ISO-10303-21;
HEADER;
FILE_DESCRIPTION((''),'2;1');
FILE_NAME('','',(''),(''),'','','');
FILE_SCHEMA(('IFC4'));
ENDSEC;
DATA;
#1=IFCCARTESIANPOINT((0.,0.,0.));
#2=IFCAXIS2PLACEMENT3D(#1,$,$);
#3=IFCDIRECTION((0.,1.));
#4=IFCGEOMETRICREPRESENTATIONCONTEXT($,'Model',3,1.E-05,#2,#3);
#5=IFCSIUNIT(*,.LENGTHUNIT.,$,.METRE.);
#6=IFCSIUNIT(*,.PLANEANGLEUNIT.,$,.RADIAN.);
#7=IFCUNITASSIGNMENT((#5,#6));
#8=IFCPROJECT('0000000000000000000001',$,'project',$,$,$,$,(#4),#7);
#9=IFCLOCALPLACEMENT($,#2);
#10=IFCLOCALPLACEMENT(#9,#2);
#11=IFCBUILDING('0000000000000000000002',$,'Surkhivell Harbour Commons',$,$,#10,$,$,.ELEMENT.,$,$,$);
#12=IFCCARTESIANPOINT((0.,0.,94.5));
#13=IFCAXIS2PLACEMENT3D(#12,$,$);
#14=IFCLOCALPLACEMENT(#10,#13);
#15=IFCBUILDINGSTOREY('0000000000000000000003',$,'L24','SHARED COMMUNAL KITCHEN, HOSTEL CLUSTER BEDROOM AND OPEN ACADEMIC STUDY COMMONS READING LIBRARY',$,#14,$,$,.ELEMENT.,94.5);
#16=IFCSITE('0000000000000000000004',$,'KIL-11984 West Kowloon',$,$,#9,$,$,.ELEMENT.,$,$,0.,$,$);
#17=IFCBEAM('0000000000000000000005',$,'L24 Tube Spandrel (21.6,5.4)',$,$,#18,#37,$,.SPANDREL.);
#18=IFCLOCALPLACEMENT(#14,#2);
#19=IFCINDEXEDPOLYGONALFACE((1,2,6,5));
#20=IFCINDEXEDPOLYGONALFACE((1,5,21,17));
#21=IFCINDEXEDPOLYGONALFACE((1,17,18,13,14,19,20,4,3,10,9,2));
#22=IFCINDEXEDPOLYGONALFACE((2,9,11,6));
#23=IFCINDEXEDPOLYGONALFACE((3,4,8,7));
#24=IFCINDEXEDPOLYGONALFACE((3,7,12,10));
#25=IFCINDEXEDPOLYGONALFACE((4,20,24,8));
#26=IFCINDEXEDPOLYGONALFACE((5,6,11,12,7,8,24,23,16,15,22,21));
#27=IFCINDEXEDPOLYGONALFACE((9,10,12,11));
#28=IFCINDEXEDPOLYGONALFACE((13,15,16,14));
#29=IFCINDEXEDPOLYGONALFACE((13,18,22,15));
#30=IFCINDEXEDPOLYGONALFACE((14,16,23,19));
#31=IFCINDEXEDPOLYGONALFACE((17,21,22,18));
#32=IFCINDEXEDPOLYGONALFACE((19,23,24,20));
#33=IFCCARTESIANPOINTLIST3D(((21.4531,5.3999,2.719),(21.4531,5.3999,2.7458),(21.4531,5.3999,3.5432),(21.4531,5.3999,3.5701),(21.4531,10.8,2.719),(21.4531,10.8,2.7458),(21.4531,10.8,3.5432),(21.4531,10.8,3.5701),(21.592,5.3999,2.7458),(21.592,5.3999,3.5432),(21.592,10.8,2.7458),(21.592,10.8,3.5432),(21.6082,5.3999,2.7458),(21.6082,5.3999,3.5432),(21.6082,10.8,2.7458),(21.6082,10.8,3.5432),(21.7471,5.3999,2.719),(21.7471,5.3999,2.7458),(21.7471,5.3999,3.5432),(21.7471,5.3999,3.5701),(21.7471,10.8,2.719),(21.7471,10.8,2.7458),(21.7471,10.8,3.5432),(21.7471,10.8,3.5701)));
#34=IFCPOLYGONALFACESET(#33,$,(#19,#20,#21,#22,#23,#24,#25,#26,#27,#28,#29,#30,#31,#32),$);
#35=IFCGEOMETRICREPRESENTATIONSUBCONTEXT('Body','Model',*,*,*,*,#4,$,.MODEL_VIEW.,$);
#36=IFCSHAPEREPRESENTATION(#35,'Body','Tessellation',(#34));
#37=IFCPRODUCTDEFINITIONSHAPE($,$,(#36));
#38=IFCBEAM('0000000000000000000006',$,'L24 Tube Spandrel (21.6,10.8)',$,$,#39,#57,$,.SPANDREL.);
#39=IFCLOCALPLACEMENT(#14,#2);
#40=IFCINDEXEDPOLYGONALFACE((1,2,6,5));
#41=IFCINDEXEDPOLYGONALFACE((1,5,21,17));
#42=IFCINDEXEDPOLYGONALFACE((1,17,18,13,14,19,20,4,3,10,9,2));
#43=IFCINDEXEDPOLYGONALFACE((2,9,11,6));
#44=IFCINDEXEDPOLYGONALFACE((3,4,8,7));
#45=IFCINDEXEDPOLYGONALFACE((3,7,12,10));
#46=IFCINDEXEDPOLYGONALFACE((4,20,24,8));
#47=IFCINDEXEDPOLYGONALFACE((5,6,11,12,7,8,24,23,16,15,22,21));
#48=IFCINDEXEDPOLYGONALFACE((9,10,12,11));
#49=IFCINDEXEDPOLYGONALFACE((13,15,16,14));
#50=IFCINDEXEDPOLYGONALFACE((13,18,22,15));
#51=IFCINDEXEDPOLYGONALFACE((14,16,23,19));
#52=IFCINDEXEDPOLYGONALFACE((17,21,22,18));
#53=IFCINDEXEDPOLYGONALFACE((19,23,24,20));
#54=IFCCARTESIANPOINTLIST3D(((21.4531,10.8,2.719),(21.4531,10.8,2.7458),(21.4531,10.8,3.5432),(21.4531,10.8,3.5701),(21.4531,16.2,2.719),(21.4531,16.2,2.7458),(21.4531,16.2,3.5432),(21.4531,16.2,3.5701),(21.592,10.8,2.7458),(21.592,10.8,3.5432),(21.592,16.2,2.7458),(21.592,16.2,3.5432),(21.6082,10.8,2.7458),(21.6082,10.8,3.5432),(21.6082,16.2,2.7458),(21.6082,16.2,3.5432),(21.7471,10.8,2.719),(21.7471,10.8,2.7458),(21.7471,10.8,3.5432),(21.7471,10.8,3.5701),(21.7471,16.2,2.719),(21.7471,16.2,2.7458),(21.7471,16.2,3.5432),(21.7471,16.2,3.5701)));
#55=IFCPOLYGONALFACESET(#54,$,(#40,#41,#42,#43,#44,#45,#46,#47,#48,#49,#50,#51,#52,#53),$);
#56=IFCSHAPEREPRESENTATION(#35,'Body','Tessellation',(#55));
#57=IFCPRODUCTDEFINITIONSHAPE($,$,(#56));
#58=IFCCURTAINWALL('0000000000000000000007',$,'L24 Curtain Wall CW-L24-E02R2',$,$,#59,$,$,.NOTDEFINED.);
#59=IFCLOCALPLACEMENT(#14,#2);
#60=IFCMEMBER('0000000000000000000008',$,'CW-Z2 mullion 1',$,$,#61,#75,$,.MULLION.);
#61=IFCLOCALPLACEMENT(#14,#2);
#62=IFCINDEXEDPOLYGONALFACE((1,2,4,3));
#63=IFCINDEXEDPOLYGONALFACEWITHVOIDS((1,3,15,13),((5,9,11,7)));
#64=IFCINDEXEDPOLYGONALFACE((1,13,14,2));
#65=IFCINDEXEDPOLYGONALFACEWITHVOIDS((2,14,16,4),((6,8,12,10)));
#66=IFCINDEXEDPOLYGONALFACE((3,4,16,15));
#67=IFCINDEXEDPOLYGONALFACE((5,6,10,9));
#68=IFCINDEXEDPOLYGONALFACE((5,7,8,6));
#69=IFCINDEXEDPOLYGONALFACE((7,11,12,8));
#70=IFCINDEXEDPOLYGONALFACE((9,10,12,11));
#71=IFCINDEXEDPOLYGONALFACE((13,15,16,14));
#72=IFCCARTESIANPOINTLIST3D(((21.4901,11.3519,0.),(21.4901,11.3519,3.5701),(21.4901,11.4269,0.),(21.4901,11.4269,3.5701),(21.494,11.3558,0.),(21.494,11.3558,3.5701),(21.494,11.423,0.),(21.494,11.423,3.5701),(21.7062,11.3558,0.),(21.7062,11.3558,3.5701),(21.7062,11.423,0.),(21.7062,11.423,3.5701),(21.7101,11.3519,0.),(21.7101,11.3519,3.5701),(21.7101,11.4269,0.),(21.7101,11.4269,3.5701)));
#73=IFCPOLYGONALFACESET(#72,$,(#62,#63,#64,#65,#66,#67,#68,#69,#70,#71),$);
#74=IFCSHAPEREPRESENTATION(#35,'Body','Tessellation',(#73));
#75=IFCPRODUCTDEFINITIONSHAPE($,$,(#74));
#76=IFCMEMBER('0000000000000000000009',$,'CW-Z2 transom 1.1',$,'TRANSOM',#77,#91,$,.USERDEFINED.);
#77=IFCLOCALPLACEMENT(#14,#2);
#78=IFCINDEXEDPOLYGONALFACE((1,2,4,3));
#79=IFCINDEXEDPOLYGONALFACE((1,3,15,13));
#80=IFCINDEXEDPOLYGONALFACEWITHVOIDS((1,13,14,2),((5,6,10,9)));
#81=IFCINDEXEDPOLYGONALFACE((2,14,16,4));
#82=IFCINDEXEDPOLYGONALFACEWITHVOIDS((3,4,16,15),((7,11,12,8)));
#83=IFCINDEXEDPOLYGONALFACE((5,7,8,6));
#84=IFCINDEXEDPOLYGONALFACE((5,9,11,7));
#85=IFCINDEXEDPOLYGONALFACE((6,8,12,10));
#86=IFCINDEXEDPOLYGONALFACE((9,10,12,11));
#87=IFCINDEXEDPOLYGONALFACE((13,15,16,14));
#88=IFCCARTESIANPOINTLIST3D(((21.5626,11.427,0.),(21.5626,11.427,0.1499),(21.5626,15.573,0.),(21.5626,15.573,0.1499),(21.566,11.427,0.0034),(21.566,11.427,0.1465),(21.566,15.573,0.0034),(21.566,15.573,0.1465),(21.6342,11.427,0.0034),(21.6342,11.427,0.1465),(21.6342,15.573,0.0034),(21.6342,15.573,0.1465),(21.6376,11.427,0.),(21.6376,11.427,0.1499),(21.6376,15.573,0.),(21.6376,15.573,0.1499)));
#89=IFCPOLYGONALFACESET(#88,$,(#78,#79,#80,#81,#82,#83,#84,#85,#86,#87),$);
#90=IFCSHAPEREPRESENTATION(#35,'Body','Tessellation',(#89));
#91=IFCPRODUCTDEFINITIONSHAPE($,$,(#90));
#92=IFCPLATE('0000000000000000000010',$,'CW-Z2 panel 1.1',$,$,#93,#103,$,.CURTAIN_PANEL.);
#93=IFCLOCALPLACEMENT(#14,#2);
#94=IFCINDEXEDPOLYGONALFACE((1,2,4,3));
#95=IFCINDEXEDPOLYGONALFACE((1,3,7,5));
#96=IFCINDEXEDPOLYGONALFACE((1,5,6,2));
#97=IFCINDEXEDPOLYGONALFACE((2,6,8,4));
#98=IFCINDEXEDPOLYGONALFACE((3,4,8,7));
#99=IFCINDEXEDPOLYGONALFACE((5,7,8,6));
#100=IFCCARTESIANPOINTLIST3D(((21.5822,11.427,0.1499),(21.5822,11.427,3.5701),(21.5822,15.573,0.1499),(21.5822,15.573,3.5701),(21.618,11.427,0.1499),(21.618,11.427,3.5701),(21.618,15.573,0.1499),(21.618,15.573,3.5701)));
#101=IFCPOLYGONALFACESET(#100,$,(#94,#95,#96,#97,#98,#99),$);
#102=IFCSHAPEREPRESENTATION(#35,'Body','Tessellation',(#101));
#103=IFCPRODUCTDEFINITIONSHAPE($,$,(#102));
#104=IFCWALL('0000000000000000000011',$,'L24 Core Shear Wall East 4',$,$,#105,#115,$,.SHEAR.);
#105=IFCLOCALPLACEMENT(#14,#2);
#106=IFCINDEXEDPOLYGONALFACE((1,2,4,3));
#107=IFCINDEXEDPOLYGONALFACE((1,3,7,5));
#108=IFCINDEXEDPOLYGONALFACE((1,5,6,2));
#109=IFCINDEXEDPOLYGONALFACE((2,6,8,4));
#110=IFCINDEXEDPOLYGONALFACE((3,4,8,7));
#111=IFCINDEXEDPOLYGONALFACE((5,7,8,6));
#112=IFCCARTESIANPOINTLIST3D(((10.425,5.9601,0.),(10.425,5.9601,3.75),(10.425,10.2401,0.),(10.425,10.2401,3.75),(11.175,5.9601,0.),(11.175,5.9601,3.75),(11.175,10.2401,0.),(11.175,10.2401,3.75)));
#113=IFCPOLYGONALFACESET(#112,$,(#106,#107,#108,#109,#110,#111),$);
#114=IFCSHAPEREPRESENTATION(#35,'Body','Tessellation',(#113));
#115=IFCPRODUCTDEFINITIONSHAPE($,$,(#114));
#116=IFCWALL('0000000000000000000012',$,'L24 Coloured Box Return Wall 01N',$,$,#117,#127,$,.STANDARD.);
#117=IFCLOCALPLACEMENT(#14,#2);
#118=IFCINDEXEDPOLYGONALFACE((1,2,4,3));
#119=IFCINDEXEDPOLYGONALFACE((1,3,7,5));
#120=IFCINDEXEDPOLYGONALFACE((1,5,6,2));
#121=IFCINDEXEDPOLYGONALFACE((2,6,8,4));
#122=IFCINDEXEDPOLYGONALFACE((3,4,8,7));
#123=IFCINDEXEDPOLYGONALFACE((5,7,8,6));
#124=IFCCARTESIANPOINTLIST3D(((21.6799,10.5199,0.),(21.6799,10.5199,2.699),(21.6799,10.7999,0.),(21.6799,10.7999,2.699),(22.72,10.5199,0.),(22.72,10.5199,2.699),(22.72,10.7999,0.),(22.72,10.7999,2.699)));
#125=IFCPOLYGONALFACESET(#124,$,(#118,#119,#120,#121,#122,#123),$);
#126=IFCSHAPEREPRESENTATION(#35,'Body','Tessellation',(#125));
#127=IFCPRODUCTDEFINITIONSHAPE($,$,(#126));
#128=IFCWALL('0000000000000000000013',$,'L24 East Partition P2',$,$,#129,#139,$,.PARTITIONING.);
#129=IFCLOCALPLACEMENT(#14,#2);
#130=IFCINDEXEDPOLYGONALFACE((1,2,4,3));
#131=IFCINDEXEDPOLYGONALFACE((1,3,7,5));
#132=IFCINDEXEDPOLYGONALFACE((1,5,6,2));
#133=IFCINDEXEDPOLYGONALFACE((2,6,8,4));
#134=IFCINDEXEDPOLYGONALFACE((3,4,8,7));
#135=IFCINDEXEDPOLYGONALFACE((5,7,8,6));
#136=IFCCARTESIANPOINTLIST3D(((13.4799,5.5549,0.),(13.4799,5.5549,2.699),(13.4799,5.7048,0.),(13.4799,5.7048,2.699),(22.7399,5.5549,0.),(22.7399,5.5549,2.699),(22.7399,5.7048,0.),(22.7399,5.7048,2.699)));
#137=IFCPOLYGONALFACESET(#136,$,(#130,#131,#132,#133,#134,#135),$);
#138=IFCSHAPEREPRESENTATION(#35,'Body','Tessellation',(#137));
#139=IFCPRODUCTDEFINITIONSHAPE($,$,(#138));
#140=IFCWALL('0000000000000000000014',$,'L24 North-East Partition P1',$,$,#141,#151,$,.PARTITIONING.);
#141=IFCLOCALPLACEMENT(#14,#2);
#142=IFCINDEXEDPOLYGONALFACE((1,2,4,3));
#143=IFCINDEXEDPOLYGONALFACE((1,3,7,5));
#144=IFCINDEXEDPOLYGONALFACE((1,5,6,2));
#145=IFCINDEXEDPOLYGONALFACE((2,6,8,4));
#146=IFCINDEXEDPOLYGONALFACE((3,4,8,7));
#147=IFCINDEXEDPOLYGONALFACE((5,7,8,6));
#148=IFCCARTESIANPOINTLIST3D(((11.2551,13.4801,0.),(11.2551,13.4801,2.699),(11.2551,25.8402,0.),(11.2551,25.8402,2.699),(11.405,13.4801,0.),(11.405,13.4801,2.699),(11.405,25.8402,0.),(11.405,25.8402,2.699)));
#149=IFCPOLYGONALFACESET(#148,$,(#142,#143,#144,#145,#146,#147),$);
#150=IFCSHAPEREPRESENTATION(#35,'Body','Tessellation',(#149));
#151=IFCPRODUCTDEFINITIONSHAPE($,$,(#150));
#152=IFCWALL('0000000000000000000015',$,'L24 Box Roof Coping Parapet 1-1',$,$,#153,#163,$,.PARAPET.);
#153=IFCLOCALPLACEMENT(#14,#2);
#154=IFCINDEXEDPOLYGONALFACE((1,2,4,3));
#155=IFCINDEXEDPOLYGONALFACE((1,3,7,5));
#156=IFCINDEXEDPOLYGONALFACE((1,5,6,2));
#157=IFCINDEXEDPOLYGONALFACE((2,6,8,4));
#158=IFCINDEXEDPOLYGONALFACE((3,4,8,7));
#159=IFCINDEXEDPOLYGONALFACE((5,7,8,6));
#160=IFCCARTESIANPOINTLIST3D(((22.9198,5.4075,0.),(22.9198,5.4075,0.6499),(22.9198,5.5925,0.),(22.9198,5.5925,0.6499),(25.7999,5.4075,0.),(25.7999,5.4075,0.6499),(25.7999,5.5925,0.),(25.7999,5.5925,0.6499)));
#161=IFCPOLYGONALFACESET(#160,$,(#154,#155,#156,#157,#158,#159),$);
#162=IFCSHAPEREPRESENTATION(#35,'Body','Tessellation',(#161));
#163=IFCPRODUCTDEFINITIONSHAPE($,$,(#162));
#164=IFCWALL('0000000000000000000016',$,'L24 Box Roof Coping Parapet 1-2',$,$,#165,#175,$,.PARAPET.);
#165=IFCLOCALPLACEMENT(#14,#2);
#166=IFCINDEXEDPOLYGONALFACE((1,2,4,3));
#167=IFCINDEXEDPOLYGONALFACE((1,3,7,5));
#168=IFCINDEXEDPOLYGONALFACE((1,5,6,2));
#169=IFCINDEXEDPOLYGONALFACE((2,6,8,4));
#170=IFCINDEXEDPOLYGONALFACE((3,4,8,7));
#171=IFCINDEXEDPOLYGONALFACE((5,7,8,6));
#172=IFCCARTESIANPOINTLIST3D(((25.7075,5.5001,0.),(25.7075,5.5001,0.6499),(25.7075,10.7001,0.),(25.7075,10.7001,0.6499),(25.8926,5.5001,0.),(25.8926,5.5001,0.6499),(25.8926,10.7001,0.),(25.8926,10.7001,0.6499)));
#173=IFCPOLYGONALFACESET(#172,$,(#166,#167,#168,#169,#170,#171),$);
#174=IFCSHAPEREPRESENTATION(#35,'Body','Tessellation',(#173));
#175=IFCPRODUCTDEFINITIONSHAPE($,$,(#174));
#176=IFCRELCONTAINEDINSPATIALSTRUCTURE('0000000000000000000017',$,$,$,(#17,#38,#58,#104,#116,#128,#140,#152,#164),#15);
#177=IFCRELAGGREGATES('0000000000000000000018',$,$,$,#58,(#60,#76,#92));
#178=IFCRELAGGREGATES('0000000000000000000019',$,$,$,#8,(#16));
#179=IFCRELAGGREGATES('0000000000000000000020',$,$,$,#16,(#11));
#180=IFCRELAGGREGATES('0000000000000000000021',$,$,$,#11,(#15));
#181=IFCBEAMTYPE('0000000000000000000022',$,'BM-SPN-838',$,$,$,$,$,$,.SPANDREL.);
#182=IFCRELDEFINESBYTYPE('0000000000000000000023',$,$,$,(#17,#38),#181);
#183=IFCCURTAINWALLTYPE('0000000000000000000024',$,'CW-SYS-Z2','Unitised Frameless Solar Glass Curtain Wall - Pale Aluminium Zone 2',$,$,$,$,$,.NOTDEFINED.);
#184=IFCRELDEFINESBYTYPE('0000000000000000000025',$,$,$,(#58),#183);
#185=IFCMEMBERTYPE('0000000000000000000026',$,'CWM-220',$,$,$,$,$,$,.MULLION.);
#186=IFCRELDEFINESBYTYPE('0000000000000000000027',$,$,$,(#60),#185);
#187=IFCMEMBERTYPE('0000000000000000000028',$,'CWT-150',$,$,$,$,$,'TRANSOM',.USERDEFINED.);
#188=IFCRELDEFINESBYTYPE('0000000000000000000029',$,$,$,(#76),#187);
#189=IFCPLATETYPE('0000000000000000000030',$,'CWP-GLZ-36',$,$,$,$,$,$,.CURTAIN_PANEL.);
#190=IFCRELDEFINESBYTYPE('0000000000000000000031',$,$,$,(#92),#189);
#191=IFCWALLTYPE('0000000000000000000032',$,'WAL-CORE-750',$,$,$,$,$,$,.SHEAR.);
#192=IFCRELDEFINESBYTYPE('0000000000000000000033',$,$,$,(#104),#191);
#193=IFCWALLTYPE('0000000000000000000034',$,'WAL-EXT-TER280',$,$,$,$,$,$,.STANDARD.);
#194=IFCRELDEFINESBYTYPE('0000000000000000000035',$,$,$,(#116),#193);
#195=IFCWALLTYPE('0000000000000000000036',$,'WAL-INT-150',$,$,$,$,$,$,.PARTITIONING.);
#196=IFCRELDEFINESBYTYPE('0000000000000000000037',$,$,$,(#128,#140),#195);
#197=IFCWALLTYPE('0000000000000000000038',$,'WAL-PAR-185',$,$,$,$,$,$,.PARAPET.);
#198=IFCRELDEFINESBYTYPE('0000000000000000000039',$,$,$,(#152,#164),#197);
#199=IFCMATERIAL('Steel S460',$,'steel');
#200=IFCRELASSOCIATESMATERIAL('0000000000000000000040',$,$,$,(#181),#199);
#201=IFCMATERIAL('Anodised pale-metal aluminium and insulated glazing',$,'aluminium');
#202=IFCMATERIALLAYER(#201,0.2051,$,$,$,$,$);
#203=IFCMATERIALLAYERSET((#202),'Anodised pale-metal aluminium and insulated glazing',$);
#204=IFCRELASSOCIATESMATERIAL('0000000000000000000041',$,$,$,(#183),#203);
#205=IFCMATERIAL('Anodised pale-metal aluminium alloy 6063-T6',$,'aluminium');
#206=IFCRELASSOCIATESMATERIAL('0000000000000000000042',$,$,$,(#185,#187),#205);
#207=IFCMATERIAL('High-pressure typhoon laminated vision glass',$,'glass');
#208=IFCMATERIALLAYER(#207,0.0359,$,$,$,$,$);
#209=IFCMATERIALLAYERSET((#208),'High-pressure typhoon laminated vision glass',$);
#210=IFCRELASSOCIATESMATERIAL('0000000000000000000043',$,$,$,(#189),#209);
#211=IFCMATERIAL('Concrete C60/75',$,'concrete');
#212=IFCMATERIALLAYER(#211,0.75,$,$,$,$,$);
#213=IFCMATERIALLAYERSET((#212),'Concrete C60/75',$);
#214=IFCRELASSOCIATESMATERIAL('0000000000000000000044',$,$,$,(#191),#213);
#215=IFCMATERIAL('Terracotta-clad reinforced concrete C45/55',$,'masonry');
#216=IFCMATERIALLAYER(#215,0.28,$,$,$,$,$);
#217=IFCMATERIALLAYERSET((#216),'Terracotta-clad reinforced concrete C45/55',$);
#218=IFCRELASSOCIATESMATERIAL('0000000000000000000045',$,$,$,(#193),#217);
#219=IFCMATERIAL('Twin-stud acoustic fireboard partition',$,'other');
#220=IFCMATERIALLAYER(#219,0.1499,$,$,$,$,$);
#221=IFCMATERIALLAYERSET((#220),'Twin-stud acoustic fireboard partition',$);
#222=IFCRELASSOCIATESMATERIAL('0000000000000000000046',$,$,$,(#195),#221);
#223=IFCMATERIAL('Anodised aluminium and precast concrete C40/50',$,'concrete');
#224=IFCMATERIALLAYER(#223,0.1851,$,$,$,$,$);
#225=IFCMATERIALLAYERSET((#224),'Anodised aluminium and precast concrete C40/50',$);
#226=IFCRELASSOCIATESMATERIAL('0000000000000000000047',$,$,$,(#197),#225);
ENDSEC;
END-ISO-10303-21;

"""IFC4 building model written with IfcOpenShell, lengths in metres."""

from ifc_helpers import new_model, si_unit, direction, frame, frame_2d, origin, origin_2d, place, context, subcontext, project, spatial, rectangle, hollow_rectangle, i_section, extrude, material, layer, layer_set, material_profile, profile_set, type_object, element, aggregate, save


model = new_model("IFC4")

# Units and contexts
model_context = context("Model", 3, precision=1e-05, world=origin(), true_north=direction((0.0, 1.0)))
body_context = subcontext(model_context, "Body", "Model", "MODEL_VIEW")
ifc_project = project(units=[si_unit("LENGTHUNIT", "METRE"), si_unit("PLANEANGLEUNIT", "RADIAN")], contexts=[model_context])

# Site, building, storey
site_placement = place(None, origin())
site = spatial("IfcSite", under=ifc_project, at=site_placement, Name="KIL-11984 West Kowloon", CompositionType="ELEMENT", RefElevation=0.0)
building_placement = place(site_placement, origin())
building = spatial("IfcBuilding", under=site, at=building_placement, Name="Surkhivell Harbour Commons", CompositionType="ELEMENT")
storey_placement = place(building_placement, frame((0.0, 0.0, 94.5)))
storey = spatial("IfcBuildingStorey", under=building, at=storey_placement, Name="L24", Description="SHARED COMMUNAL KITCHEN, HOSTEL CLUSTER BEDROOM AND OPEN ACADEMIC STUDY COMMONS READING LIBRARY", CompositionType="ELEMENT", Elevation=94.5)

# Shared definitions
ifc_material_1 = material(Name="Concrete C60/75", Category="concrete")

# Beams
ifc_material_2 = material(Name="Steel S460", Category="steel")
ifc_material_profile_1 = material_profile(ifc_material_2, i_section(OverallWidth=0.2939, OverallDepth=0.8511, WebThickness=0.0161, FlangeThickness=0.0269, at=origin_2d()), Name="UB838x292x226")
ifc_profile_set_1 = profile_set([ifc_material_profile_1], Name="Steel S460")
beam_type_1 = type_object("IfcBeamType", Name="BM-SPN-838", PredefinedType="SPANDREL", material=ifc_profile_set_1)
beam_1_placement = place(storey_placement, frame((21.6001, 5.3999, 3.1445), z_axis=(0.0, 1.0, 0.0), x_axis=(-1.0, 0.0, 0.0)))
element("IfcBeam", 1, at=beam_1_placement, inside=storey, type_object=beam_type_1, Name="L24 Tube Spandrel (21.6,5.4)", PredefinedType="SPANDREL", context=body_context, shape_type="SweptSolid", body=[
    extrude(i_section(OverallWidth=0.2939, OverallDepth=0.8511, WebThickness=0.0161, FlangeThickness=0.0269, at=origin_2d()), origin(), (0.0, 0.0, 1.0), 5.4001),
])
beam_2_placement = place(storey_placement, frame((21.6001, 10.8, 3.1445), z_axis=(0.0, 1.0, 0.0), x_axis=(-1.0, 0.0, 0.0)))
element("IfcBeam", 2, at=beam_2_placement, inside=storey, type_object=beam_type_1, Name="L24 Tube Spandrel (21.6,10.8)", PredefinedType="SPANDREL", context=body_context, shape_type="SweptSolid", body=[
    extrude(i_section(OverallWidth=0.2939, OverallDepth=0.8511, WebThickness=0.0161, FlangeThickness=0.0269, at=origin_2d()), origin(), (0.0, 0.0, 1.0), 5.3999),
])

# Curtain wall, members, plate
ifc_material_3 = material(Name="Anodised pale-metal aluminium and insulated glazing", Category="aluminium")
ifc_layer_1 = layer(ifc_material_3, 0.2051)
ifc_layer_set_1 = layer_set([ifc_layer_1], Name="Anodised pale-metal aluminium and insulated glazing")
curtain_wall_type = type_object("IfcCurtainWallType", Name="CW-SYS-Z2", Description="Unitised Frameless Solar Glass Curtain Wall - Pale Aluminium Zone 2", PredefinedType="NOTDEFINED", material=ifc_layer_set_1)
curtain_wall_placement = place(storey_placement, origin())
curtain_wall = element("IfcCurtainWall", 3, at=curtain_wall_placement, inside=storey, type_object=curtain_wall_type, Name="L24 Curtain Wall CW-L24-E02R2", PredefinedType="NOTDEFINED")
ifc_material_4 = material(Name="Anodised pale-metal aluminium alloy 6063-T6", Category="aluminium")
ifc_material_profile_2 = material_profile(ifc_material_4, hollow_rectangle(XDim=0.075, YDim=0.22, WallThickness=0.0039, at=origin_2d()), Name="ALU-MULL-75x220")
ifc_profile_set_2 = profile_set([ifc_material_profile_2], Name="Anodised pale-metal aluminium alloy 6063-T6")
member_type_1 = type_object("IfcMemberType", Name="CWM-220", PredefinedType="MULLION", material=ifc_profile_set_2)
member_1_placement = place(storey_placement, frame((21.6001, 11.3894, 0.0), z_axis=(0.0, 0.0, 1.0), x_axis=(0.0, 1.0, 0.0)))
member_1 = element("IfcMember", 4, at=member_1_placement, type_object=member_type_1, Name="CW-Z2 mullion 1", PredefinedType="MULLION", context=body_context, shape_type="SweptSolid", body=[
    extrude(hollow_rectangle(XDim=0.075, YDim=0.22, WallThickness=0.0039, at=origin_2d()), origin(), (0.0, 0.0, 1.0), 3.5701),
])
ifc_material_profile_3 = material_profile(ifc_material_4, hollow_rectangle(XDim=0.075, YDim=0.1499, WallThickness=0.0034, at=origin_2d()), Name="ALU-TRAN-75x150")
ifc_profile_set_3 = profile_set([ifc_material_profile_3], Name="Anodised pale-metal aluminium alloy 6063-T6")
member_type_2 = type_object("IfcMemberType", Name="CWT-150", ElementType="TRANSOM", PredefinedType="USERDEFINED", material=ifc_profile_set_3)
member_2_placement = place(storey_placement, frame((21.6001, 11.427, 0.075), z_axis=(0.0, 1.0, 0.0), x_axis=(-1.0, 0.0, 0.0)))
member_2 = element("IfcMember", 5, at=member_2_placement, type_object=member_type_2, Name="CW-Z2 transom 1.1", ObjectType="TRANSOM", PredefinedType="USERDEFINED", context=body_context, shape_type="SweptSolid", body=[
    extrude(hollow_rectangle(XDim=0.075, YDim=0.1499, WallThickness=0.0034, at=origin_2d()), origin(), (0.0, 0.0, 1.0), 4.146),
])
ifc_material_5 = material(Name="High-pressure typhoon laminated vision glass", Category="glass")
ifc_layer_2 = layer(ifc_material_5, 0.0359)
ifc_layer_set_2 = layer_set([ifc_layer_2], Name="High-pressure typhoon laminated vision glass")
plate_type = type_object("IfcPlateType", Name="CWP-GLZ-36", PredefinedType="CURTAIN_PANEL", material=ifc_layer_set_2)
plate_placement = place(storey_placement, frame((21.6001, 11.427, 0.1499), z_axis=(0.0, 0.0, 1.0), x_axis=(0.0, 1.0, 0.0)))
plate = element("IfcPlate", 6, at=plate_placement, type_object=plate_type, Name="CW-Z2 panel 1.1", PredefinedType="CURTAIN_PANEL", context=body_context, shape_type="SweptSolid", body=[
    extrude(rectangle(XDim=4.146, YDim=0.0359, at=frame_2d((2.073, 0.0))), origin(), (0.0, 0.0, 1.0), 3.4202),
])
aggregate(curtain_wall, [member_1, member_2, plate])

# Walls
ifc_layer_3 = layer(ifc_material_1, 0.75)
ifc_layer_set_3 = layer_set([ifc_layer_3], Name="Concrete C60/75")
wall_type_1 = type_object("IfcWallType", Name="WAL-CORE-750", PredefinedType="SHEAR", material=ifc_layer_set_3)
wall_1_placement = place(storey_placement, frame((10.8, 5.96, 0.0), z_axis=(0.0, 0.0, 1.0), x_axis=(0.0, 1.0, 0.0)))
element("IfcWall", 7, at=wall_1_placement, inside=storey, type_object=wall_type_1, Name="L24 Core Shear Wall East 4", PredefinedType="SHEAR", context=body_context, shape_type="SweptSolid", body=[
    extrude(rectangle(XDim=4.28, YDim=0.75, at=frame_2d((2.1401, 0.0))), origin(), (0.0, 0.0, 1.0), 3.75),
])
ifc_material_6 = material(Name="Terracotta-clad reinforced concrete C45/55", Category="masonry")
ifc_layer_4 = layer(ifc_material_6, 0.28)
ifc_layer_set_4 = layer_set([ifc_layer_4], Name="Terracotta-clad reinforced concrete C45/55")
wall_type_2 = type_object("IfcWallType", Name="WAL-EXT-TER280", PredefinedType="STANDARD", material=ifc_layer_set_4)
wall_2_placement = place(storey_placement, frame((21.6799, 10.6599, 0.0), z_axis=(0.0, 0.0, 1.0), x_axis=(1.0, 0.0, 0.0)))
element("IfcWall", 8, at=wall_2_placement, inside=storey, type_object=wall_type_2, Name="L24 Coloured Box Return Wall 01N", PredefinedType="STANDARD", context=body_context, shape_type="SweptSolid", body=[
    extrude(rectangle(XDim=1.04, YDim=0.28, at=frame_2d((0.52, 0.0))), origin(), (0.0, 0.0, 1.0), 2.699),
])
ifc_material_7 = material(Name="Twin-stud acoustic fireboard partition", Category="other")
ifc_layer_5 = layer(ifc_material_7, 0.1499)
ifc_layer_set_5 = layer_set([ifc_layer_5], Name="Twin-stud acoustic fireboard partition")
wall_type_3 = type_object("IfcWallType", Name="WAL-INT-150", PredefinedType="PARTITIONING", material=ifc_layer_set_5)
wall_3_placement = place(storey_placement, frame((13.48, 5.6299, 0.0), z_axis=(0.0, 0.0, 1.0), x_axis=(1.0, 0.0, 0.0)))
element("IfcWall", 9, at=wall_3_placement, inside=storey, type_object=wall_type_3, Name="L24 East Partition P2", PredefinedType="PARTITIONING", context=body_context, shape_type="SweptSolid", body=[
    extrude(rectangle(XDim=9.26, YDim=0.1499, at=frame_2d((4.6299, 0.0))), origin(), (0.0, 0.0, 1.0), 2.699),
])
wall_4_placement = place(storey_placement, frame((11.3301, 13.48, 0.0), z_axis=(0.0, 0.0, 1.0), x_axis=(0.0, 1.0, 0.0)))
element("IfcWall", 10, at=wall_4_placement, inside=storey, type_object=wall_type_3, Name="L24 North-East Partition P1", PredefinedType="PARTITIONING", context=body_context, shape_type="SweptSolid", body=[
    extrude(rectangle(XDim=12.3601, YDim=0.1499, at=frame_2d((6.1802, 0.0))), origin(), (0.0, 0.0, 1.0), 2.699),
])
ifc_material_8 = material(Name="Anodised aluminium and precast concrete C40/50", Category="concrete")
ifc_layer_6 = layer(ifc_material_8, 0.1851)
ifc_layer_set_6 = layer_set([ifc_layer_6], Name="Anodised aluminium and precast concrete C40/50")
wall_type_4 = type_object("IfcWallType", Name="WAL-PAR-185", PredefinedType="PARAPET", material=ifc_layer_set_6)
wall_5_placement = place(storey_placement, frame((22.9199, 5.5, 0.0), z_axis=(0.0, 0.0, 1.0), x_axis=(1.0, 0.0, 0.0)))
element("IfcWall", 11, at=wall_5_placement, inside=storey, type_object=wall_type_4, Name="L24 Box Roof Coping Parapet 1-1", PredefinedType="PARAPET", context=body_context, shape_type="SweptSolid", body=[
    extrude(rectangle(XDim=2.8801, YDim=0.1851, at=frame_2d((1.4399, 0.0))), origin(), (0.0, 0.0, 1.0), 0.6499),
])
wall_6_placement = place(storey_placement, frame((25.8, 5.5, 0.0), z_axis=(0.0, 0.0, 1.0), x_axis=(0.0, 1.0, 0.0)))
element("IfcWall", 12, at=wall_6_placement, inside=storey, type_object=wall_type_4, Name="L24 Box Roof Coping Parapet 1-2", PredefinedType="PARAPET", context=body_context, shape_type="SweptSolid", body=[
    extrude(rectangle(XDim=5.2, YDim=0.1851, at=frame_2d((2.6001, 0.0))), origin(), (0.0, 0.0, 1.0), 0.6499),
])

save(model, "model.ifc")
